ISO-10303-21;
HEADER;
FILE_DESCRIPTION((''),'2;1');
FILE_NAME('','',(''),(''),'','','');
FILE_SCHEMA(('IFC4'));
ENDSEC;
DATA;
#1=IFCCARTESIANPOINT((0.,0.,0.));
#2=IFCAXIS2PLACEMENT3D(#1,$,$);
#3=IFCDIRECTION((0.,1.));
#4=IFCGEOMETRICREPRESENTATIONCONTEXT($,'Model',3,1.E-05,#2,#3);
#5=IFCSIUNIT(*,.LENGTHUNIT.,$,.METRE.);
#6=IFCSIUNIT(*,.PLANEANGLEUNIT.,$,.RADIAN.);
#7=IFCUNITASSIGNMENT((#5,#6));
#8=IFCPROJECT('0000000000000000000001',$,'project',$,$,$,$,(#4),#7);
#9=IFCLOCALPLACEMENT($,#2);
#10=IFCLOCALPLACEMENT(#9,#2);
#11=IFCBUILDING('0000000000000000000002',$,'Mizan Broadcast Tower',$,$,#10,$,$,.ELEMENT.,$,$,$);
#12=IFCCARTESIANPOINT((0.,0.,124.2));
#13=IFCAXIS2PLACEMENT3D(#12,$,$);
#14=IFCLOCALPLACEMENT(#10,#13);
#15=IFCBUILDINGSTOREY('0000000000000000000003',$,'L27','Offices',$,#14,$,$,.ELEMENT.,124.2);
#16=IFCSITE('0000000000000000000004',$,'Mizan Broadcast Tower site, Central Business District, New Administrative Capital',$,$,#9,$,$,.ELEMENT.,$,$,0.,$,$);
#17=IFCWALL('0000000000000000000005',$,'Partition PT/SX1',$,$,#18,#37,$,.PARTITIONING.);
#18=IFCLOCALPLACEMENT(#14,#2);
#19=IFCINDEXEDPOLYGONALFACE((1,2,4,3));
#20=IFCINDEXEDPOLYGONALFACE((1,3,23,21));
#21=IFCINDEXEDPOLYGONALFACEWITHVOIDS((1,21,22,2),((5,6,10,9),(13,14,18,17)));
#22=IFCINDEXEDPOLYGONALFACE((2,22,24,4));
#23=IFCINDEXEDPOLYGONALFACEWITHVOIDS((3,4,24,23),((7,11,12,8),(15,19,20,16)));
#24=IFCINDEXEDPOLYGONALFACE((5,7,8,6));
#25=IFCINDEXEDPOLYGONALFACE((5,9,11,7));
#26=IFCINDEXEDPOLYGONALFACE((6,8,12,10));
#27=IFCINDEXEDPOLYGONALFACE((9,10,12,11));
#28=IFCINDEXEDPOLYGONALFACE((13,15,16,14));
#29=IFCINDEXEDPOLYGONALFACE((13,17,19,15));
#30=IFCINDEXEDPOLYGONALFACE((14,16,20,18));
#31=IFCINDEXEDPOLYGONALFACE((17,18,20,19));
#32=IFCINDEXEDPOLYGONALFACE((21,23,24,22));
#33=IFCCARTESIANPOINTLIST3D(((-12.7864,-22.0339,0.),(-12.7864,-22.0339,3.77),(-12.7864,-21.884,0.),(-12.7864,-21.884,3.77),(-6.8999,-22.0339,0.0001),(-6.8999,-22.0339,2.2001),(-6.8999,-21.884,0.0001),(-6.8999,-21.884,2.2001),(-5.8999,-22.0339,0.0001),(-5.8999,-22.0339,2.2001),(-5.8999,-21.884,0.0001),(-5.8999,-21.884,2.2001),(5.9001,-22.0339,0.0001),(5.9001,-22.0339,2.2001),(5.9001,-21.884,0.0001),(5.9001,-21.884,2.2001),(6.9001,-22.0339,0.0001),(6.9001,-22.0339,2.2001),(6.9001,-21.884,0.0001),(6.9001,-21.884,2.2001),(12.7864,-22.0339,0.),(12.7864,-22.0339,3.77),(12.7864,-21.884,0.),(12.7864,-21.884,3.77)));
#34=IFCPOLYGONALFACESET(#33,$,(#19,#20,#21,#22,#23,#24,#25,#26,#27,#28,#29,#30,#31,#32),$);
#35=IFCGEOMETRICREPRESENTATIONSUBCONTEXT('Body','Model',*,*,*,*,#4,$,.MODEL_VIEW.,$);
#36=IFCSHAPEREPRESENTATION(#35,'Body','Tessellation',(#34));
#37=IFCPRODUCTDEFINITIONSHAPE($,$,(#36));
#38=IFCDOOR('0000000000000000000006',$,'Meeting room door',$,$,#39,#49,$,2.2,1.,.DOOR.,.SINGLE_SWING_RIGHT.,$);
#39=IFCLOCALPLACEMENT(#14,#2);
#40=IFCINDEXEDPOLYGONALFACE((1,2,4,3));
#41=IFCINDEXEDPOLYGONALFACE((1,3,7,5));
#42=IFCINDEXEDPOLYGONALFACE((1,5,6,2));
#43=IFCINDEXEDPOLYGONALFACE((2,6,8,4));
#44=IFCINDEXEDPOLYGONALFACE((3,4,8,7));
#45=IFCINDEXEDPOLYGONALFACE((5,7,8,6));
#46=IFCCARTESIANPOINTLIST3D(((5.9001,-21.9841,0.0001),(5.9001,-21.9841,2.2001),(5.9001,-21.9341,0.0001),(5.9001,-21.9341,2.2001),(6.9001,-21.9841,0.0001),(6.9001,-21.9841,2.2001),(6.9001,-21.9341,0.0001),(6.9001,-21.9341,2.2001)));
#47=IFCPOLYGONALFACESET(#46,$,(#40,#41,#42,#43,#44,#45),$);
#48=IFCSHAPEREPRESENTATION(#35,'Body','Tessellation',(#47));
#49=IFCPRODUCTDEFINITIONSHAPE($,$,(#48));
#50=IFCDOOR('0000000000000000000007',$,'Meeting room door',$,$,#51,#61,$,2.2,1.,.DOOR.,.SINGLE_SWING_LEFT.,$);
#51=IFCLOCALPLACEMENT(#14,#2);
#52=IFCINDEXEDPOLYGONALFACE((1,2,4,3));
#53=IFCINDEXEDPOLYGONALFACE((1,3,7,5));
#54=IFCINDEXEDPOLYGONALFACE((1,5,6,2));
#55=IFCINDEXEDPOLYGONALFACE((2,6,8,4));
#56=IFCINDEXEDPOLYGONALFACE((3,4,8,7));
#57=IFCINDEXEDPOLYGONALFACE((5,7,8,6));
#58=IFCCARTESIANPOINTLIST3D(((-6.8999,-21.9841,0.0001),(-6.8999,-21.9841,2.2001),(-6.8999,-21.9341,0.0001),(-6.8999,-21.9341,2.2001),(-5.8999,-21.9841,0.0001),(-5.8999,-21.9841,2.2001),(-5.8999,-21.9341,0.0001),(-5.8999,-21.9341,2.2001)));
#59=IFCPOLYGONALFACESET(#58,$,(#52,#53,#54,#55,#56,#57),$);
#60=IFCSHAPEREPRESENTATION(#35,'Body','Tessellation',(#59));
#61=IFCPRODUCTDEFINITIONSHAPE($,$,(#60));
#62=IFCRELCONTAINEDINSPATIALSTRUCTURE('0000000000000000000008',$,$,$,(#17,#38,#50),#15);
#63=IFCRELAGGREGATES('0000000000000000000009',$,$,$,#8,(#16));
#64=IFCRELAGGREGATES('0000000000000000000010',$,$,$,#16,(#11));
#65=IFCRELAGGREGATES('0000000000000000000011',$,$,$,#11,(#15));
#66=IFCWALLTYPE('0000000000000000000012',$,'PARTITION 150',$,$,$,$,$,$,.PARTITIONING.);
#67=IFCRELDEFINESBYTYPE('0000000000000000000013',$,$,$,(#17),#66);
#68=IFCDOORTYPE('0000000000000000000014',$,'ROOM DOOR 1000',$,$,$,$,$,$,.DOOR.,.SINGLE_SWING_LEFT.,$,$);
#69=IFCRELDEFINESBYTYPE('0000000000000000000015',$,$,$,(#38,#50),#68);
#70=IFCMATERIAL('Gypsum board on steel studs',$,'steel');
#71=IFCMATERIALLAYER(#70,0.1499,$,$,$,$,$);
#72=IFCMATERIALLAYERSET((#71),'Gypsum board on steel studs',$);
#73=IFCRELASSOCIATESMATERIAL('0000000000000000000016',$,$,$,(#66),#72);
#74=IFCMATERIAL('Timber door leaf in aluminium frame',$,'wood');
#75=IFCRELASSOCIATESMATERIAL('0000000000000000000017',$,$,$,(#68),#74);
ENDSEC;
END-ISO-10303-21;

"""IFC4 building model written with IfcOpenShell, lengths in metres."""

from ifc_helpers import new_model, si_unit, direction, frame, frame_2d, origin, place, context, subcontext, project, spatial, rectangle, extrude, material, layer, layer_set, type_object, element, fill, save


model = new_model("IFC4")

# Units and contexts
model_context = context("Model", 3, precision=1e-05, world=origin(), true_north=direction((0.0, 1.0)))
body_context = subcontext(model_context, "Body", "Model", "MODEL_VIEW")
ifc_project = project(units=[si_unit("LENGTHUNIT", "METRE"), si_unit("PLANEANGLEUNIT", "RADIAN")], contexts=[model_context])

# Site, building, storey
site_placement = place(None, origin())
site = spatial("IfcSite", under=ifc_project, at=site_placement, Name="Mizan Broadcast Tower site, Central Business District, New Administrative Capital", CompositionType="ELEMENT", RefElevation=0.0)
building_placement = place(site_placement, origin())
building = spatial("IfcBuilding", under=site, at=building_placement, Name="Mizan Broadcast Tower", CompositionType="ELEMENT")
storey_placement = place(building_placement, frame((0.0, 0.0, 124.2)))
storey = spatial("IfcBuildingStorey", under=building, at=storey_placement, Name="L27", Description="Offices", CompositionType="ELEMENT", Elevation=124.2)

# Wall, openings, doors
ifc_material_1 = material(Name="Gypsum board on steel studs", Category="steel")
ifc_layer_1 = layer(ifc_material_1, 0.1499)
ifc_layer_set_1 = layer_set([ifc_layer_1], Name="Gypsum board on steel studs")
wall_type = type_object("IfcWallType", Name="PARTITION 150", PredefinedType="PARTITIONING", material=ifc_layer_set_1)
wall_placement = place(storey_placement, frame((-12.7864, -21.959, 0.0), z_axis=(0.0, 0.0, 1.0), x_axis=(1.0, 0.0, 0.0)))
wall = element("IfcWall", 1, at=wall_placement, inside=storey, type_object=wall_type, Name="Partition PT/SX1", PredefinedType="PARTITIONING", context=body_context, shape_type="SweptSolid", body=[
    extrude(rectangle(XDim=25.5728, YDim=0.1499, at=frame_2d((12.7864, 0.0))), origin(), (0.0, 0.0, 1.0), 3.77),
])
opening_1_placement = place(wall_placement, frame((18.6865, 0.0, 0.0)))
opening_1 = element("IfcOpeningElement", 2, at=opening_1_placement, cuts=wall, PredefinedType="OPENING", context=body_context, shape_type="SweptSolid", body=[
    extrude(rectangle(XDim=1.0, YDim=2.2, at=frame_2d((0.5, 1.1001))), frame((0.0, 0.085, 0.0), z_axis=(0.0, -1.0, 0.0), x_axis=(1.0, 0.0, 0.0)), (0.0, 0.0, 1.0), 0.1699),
])
opening_2_placement = place(wall_placement, frame((5.8865, 0.0, 0.0)))
opening_2 = element("IfcOpeningElement", 3, at=opening_2_placement, cuts=wall, PredefinedType="OPENING", context=body_context, shape_type="SweptSolid", body=[
    extrude(rectangle(XDim=1.0, YDim=2.2, at=frame_2d((0.5, 1.1001))), frame((0.0, 0.085, 0.0), z_axis=(0.0, -1.0, 0.0), x_axis=(1.0, 0.0, 0.0)), (0.0, 0.0, 1.0), 0.1699),
])
ifc_material_2 = material(Name="Timber door leaf in aluminium frame", Category="wood")
door_type = type_object("IfcDoorType", Name="ROOM DOOR 1000", OperationType="SINGLE_SWING_LEFT", PredefinedType="DOOR", material=ifc_material_2)
door_1_placement = place(opening_1_placement, origin())
door_1 = element("IfcDoor", 4, at=door_1_placement, inside=storey, type_object=door_type, Name="Meeting room door", OperationType="SINGLE_SWING_RIGHT", OverallHeight=2.2, OverallWidth=1.0, PredefinedType="DOOR", context=body_context, shape_type="SweptSolid", body=[
    extrude(rectangle(XDim=1.0, YDim=2.2, at=frame_2d((0.5, 1.1001))), frame((0.0, 0.0249, 0.0), z_axis=(0.0, -1.0, 0.0), x_axis=(1.0, 0.0, 0.0)), (0.0, 0.0, 1.0), 0.05),
])
fill(opening_1, door_1)
door_2_placement = place(opening_2_placement, origin())
door_2 = element("IfcDoor", 5, at=door_2_placement, inside=storey, type_object=door_type, Name="Meeting room door", OperationType="SINGLE_SWING_LEFT", OverallHeight=2.2, OverallWidth=1.0, PredefinedType="DOOR", context=body_context, shape_type="SweptSolid", body=[
    extrude(rectangle(XDim=1.0, YDim=2.2, at=frame_2d((0.5, 1.1001))), frame((0.0, 0.0249, 0.0), z_axis=(0.0, -1.0, 0.0), x_axis=(1.0, 0.0, 0.0)), (0.0, 0.0, 1.0), 0.05),
])
fill(opening_2, door_2)

save(model, "model.ifc")
